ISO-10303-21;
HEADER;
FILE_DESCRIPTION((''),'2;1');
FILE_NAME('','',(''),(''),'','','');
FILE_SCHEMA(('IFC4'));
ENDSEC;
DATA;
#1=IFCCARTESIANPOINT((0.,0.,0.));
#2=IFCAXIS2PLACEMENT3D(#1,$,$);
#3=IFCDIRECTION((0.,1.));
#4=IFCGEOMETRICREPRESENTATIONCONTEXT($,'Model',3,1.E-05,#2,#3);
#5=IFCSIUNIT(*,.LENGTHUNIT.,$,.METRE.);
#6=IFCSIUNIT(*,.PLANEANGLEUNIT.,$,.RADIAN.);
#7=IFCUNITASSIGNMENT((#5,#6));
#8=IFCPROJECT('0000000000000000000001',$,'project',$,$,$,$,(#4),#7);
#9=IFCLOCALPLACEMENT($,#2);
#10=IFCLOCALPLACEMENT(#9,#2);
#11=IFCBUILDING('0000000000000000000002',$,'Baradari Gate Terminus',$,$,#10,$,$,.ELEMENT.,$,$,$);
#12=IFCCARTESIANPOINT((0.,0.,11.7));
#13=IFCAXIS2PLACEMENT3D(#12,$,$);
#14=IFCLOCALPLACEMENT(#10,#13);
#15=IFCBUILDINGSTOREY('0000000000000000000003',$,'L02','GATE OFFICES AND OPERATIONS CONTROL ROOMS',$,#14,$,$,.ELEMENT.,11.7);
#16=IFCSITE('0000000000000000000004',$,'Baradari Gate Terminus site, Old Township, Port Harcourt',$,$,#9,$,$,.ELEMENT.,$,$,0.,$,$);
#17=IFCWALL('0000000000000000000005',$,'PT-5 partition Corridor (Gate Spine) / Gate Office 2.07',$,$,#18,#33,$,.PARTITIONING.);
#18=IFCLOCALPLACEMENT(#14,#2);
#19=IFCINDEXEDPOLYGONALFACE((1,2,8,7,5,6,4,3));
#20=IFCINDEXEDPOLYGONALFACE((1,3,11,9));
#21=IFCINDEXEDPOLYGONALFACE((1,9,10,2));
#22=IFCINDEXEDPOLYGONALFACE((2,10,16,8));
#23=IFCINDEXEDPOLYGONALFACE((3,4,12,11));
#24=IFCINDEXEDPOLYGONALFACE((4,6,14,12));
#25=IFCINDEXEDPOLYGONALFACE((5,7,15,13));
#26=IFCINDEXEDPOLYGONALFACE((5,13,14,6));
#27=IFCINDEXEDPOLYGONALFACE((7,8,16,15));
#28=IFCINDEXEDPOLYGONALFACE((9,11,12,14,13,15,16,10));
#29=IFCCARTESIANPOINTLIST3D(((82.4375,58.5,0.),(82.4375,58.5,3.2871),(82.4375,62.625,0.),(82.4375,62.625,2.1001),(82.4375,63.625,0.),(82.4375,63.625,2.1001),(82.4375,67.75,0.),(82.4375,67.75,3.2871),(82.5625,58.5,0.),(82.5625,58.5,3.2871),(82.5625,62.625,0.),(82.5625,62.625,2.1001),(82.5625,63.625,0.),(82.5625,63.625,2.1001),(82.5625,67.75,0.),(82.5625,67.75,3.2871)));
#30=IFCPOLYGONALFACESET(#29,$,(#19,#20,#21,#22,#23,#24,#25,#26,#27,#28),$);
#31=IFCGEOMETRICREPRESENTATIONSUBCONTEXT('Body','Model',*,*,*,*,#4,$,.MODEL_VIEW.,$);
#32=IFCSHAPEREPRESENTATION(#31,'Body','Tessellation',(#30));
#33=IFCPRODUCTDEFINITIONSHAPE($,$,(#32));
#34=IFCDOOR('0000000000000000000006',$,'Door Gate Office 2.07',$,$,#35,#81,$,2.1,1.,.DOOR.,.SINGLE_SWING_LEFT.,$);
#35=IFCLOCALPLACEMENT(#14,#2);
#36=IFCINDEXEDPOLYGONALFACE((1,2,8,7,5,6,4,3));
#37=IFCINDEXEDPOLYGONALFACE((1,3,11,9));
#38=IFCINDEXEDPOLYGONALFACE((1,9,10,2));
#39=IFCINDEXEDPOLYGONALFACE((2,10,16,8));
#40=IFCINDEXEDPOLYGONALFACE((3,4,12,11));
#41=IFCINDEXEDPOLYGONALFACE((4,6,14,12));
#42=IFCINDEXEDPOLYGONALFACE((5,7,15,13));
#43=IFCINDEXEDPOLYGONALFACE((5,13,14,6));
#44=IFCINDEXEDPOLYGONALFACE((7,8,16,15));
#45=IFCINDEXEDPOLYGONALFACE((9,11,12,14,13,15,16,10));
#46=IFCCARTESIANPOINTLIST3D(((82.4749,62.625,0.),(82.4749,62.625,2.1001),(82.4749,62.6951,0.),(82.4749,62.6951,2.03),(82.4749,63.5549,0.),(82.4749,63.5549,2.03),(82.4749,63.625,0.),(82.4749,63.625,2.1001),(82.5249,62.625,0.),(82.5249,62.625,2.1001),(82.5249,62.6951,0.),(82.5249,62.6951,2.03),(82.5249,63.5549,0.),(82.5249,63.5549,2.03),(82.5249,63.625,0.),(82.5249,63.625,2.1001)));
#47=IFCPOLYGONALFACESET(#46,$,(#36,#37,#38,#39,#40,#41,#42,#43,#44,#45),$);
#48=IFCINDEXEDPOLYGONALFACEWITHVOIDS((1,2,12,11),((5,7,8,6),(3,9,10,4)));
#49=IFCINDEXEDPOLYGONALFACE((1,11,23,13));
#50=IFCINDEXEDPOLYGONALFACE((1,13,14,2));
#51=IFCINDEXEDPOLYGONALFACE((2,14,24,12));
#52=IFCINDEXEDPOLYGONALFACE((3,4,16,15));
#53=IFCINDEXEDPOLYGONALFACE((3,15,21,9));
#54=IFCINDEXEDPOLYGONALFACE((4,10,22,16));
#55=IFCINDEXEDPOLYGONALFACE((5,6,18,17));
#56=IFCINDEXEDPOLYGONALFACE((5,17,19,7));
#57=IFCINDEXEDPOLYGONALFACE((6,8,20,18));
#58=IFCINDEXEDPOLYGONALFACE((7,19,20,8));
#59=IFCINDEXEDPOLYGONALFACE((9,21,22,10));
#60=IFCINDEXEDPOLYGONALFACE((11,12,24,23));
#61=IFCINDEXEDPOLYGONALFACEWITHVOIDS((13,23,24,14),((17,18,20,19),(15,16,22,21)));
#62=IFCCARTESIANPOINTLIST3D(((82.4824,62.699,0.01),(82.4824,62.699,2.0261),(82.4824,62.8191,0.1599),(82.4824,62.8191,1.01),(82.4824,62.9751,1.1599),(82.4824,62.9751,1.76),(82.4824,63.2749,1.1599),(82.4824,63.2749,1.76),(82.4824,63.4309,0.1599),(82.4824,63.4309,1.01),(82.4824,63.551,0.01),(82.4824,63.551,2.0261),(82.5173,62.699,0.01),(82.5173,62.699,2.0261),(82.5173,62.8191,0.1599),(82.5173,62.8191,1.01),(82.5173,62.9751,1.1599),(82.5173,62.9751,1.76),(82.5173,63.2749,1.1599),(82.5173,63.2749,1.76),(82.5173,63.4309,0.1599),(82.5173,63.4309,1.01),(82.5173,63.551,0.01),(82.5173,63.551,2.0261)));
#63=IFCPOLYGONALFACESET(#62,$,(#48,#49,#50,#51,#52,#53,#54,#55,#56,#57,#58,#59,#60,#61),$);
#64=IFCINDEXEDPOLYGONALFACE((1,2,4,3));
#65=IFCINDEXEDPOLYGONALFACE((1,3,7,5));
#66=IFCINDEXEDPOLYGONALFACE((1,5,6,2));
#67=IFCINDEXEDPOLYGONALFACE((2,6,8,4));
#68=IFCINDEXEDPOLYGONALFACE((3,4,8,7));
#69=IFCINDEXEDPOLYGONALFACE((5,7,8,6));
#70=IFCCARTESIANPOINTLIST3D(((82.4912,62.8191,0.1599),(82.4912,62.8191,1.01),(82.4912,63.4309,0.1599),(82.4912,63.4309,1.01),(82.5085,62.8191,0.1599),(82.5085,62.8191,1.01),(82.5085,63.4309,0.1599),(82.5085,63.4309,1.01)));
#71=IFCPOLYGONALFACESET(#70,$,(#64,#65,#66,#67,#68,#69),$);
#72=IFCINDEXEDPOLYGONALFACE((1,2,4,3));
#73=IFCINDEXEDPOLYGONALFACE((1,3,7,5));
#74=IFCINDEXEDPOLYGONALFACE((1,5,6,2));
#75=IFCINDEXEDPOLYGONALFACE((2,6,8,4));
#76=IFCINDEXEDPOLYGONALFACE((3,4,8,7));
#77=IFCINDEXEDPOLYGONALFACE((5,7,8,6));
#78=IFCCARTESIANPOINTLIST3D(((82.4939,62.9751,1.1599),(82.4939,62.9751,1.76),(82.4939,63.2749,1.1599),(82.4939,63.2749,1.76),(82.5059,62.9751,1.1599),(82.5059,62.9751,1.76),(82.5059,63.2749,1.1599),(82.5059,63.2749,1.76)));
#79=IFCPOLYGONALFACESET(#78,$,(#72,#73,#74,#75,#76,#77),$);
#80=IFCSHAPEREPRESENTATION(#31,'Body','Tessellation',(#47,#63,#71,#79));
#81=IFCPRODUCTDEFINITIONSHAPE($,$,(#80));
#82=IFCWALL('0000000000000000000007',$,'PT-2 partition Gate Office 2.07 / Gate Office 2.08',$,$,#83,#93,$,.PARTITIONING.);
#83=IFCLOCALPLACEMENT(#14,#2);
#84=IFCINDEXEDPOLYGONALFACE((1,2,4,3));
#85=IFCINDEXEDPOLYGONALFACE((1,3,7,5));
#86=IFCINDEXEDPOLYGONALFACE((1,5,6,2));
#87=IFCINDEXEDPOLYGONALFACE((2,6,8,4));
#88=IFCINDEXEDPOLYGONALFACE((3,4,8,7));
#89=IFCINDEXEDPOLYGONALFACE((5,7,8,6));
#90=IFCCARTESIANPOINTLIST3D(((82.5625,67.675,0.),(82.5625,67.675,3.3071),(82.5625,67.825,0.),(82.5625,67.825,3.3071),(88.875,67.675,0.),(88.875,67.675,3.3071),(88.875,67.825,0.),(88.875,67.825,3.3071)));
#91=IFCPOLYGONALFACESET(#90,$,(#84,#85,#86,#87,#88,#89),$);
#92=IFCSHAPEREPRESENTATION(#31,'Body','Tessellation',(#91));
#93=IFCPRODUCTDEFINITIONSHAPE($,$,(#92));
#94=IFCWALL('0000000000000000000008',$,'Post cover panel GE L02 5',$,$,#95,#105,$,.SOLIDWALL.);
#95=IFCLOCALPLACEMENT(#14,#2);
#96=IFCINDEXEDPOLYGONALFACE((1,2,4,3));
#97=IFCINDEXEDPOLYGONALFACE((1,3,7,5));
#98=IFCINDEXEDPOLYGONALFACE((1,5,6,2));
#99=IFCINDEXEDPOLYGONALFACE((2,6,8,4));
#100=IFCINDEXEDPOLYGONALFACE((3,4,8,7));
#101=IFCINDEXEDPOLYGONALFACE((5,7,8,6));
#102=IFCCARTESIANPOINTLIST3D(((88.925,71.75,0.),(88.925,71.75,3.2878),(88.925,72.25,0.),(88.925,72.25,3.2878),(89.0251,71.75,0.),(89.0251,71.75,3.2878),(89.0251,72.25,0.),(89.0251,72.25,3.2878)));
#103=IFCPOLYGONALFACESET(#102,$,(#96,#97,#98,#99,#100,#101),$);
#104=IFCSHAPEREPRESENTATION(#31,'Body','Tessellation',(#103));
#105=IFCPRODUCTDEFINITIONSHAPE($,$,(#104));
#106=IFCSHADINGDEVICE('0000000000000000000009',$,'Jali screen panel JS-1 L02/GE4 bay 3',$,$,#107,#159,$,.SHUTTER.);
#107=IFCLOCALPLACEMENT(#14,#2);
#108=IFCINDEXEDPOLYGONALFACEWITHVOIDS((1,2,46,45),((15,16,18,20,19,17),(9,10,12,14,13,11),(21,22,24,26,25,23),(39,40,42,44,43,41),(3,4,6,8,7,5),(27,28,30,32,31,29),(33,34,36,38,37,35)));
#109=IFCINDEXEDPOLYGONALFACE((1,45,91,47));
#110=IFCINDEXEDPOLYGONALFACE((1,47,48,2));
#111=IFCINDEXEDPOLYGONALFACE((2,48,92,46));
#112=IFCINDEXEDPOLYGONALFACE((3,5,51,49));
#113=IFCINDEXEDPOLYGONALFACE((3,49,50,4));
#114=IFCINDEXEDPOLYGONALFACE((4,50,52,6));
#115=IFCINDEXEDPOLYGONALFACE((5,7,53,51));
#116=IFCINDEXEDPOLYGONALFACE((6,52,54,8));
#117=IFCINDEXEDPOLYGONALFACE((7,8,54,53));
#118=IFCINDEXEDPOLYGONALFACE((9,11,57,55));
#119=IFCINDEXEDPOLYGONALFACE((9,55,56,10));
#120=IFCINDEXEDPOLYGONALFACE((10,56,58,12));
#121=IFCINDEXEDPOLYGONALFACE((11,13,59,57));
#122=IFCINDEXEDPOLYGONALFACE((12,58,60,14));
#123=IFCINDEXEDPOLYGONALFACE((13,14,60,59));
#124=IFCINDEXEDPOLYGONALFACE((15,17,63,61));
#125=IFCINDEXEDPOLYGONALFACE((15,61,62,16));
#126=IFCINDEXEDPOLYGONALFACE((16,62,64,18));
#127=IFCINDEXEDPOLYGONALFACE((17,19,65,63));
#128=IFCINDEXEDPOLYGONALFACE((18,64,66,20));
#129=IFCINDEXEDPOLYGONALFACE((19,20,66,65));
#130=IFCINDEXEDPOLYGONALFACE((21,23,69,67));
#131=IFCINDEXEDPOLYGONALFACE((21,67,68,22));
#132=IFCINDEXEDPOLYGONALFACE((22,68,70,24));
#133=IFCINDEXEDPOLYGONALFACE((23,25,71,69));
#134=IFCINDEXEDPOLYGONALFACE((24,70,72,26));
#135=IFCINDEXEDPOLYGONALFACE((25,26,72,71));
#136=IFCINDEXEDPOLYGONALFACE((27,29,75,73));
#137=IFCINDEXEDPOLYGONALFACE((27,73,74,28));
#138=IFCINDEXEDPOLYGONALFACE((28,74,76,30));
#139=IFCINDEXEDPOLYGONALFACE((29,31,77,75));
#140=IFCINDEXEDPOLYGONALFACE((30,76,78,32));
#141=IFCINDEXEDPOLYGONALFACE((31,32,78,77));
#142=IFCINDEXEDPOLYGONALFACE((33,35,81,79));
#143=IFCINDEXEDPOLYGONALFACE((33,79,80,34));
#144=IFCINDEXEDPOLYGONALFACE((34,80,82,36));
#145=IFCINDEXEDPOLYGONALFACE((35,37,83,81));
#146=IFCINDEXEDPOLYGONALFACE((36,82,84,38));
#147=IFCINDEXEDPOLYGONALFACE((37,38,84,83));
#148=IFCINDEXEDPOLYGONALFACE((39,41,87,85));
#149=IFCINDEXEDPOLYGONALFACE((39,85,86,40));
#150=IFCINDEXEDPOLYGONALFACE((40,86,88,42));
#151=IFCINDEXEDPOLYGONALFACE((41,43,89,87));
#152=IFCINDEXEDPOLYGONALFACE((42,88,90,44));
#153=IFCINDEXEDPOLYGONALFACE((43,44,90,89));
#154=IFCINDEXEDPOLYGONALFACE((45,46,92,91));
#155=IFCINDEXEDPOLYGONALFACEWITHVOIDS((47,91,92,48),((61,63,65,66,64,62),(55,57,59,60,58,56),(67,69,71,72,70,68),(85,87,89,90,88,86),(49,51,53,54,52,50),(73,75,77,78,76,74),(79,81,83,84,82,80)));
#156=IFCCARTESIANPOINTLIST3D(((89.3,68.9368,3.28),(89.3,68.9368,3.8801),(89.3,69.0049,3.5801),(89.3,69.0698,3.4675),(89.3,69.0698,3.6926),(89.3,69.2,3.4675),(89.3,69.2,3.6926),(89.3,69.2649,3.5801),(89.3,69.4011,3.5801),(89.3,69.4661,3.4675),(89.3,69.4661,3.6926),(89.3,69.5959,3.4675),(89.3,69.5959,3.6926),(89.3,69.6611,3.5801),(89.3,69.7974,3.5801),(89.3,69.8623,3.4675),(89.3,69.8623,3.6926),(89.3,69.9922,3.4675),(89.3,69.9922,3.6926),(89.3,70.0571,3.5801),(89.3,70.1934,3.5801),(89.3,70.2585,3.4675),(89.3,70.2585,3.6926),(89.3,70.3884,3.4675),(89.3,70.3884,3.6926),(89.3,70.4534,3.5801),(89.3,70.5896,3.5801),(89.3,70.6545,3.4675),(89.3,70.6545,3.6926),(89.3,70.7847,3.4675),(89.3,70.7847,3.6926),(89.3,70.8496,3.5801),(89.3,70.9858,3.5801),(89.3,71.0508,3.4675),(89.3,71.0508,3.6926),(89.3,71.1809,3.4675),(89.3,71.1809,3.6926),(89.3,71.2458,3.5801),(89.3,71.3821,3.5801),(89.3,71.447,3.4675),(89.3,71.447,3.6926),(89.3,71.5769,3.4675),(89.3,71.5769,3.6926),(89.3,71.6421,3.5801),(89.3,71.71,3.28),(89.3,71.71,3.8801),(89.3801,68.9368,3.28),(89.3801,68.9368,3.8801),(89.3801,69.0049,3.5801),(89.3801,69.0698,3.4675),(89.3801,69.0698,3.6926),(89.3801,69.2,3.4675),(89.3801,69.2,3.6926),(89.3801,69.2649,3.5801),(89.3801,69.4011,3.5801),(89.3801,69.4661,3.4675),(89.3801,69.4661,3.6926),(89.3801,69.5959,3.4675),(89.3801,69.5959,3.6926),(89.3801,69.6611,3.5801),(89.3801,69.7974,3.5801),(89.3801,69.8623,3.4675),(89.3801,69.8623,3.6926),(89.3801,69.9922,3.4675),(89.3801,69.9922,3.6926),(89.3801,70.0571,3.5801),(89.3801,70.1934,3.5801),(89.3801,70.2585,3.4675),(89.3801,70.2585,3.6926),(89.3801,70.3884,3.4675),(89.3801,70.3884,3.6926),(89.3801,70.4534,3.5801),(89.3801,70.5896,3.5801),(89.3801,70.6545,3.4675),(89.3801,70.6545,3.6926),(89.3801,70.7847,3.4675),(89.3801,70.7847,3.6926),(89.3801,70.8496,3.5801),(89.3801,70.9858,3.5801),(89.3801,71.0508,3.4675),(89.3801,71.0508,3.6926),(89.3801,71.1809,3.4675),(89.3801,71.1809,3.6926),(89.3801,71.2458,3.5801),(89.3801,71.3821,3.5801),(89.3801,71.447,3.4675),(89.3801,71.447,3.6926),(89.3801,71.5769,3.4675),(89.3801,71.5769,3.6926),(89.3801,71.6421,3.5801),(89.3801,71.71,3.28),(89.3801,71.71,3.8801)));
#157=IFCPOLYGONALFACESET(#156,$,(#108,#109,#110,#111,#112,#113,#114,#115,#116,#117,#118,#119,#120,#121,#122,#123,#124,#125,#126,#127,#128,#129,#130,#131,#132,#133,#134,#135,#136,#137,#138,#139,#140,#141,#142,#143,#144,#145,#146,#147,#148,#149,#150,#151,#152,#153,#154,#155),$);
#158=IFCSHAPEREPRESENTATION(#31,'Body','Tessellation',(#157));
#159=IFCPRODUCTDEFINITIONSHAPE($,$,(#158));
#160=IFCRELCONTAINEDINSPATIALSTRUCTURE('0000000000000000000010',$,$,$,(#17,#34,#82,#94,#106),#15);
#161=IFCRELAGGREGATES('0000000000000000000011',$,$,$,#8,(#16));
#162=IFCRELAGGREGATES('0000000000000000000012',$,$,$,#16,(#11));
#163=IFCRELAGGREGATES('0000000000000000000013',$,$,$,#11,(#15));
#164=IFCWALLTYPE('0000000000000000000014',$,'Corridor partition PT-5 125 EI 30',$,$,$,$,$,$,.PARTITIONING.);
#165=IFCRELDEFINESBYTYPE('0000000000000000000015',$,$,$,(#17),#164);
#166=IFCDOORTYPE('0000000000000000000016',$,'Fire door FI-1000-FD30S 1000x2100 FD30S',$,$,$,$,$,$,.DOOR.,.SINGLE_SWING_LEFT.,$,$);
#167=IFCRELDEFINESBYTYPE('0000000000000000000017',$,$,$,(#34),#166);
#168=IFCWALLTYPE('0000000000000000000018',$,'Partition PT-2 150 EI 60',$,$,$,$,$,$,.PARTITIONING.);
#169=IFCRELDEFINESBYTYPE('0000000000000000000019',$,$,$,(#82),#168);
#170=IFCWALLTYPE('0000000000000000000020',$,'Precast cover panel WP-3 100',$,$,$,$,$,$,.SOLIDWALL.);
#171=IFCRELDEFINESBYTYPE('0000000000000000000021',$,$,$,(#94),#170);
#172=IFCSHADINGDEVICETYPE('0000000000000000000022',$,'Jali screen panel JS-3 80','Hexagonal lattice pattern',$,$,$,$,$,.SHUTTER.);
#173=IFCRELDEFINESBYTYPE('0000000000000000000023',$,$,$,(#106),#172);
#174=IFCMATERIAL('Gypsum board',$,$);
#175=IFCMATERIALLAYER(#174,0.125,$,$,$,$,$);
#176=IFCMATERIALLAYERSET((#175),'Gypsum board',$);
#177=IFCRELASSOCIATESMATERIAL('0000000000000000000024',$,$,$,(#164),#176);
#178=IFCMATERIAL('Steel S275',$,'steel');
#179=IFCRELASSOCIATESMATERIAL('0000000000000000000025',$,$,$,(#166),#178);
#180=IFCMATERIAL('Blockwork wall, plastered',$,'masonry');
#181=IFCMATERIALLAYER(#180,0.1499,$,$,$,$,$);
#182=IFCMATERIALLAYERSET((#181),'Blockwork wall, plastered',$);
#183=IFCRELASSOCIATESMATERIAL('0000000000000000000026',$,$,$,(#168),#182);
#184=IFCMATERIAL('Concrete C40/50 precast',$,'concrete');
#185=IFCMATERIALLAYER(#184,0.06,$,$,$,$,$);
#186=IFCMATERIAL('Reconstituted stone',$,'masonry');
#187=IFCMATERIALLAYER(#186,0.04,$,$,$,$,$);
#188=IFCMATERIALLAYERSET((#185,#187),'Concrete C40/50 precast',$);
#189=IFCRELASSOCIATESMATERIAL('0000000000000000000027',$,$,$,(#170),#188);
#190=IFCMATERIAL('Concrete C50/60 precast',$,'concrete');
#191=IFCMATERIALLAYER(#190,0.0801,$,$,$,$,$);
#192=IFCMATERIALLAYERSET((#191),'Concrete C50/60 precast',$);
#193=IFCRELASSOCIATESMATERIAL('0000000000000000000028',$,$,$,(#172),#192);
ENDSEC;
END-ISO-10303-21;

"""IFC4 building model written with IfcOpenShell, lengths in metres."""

from ifc_helpers import new_model, si_unit, direction, frame, frame_2d, origin, place, context, subcontext, project, spatial, polyline, rectangle, outline, extrude, material, layer, layer_set, type_object, element, fill, save


model = new_model("IFC4")

# Units and contexts
model_context = context("Model", 3, precision=1e-05, world=origin(), true_north=direction((0.0, 1.0)))
body_context = subcontext(model_context, "Body", "Model", "MODEL_VIEW")
ifc_project = project(units=[si_unit("LENGTHUNIT", "METRE"), si_unit("PLANEANGLEUNIT", "RADIAN")], contexts=[model_context])

# Site, building, storey
site_placement = place(None, origin())
site = spatial("IfcSite", under=ifc_project, at=site_placement, Name="Baradari Gate Terminus site, Old Township, Port Harcourt", CompositionType="ELEMENT", RefElevation=0.0)
building_placement = place(site_placement, origin())
building = spatial("IfcBuilding", under=site, at=building_placement, Name="Baradari Gate Terminus", CompositionType="ELEMENT")
storey_placement = place(building_placement, frame((0.0, 0.0, 11.7)))
storey = spatial("IfcBuildingStorey", under=building, at=storey_placement, Name="L02", Description="GATE OFFICES AND OPERATIONS CONTROL ROOMS", CompositionType="ELEMENT", Elevation=11.7)

# Wall, opening, door
ifc_material_1 = material(Name="Gypsum board")
ifc_layer_1 = layer(ifc_material_1, 0.125)
ifc_layer_set_1 = layer_set([ifc_layer_1], Name="Gypsum board")
wall_type_1 = type_object("IfcWallType", Name="Corridor partition PT-5 125 EI 30", PredefinedType="PARTITIONING", material=ifc_layer_set_1)
wall_1_placement = place(storey_placement, frame((82.5, 67.75, 0.0), z_axis=(0.0, 0.0, 1.0), x_axis=(0.0, -1.0, 0.0)))
wall_1 = element("IfcWall", 1, at=wall_1_placement, inside=storey, type_object=wall_type_1, Name="PT-5 partition Corridor (Gate Spine) / Gate Office 2.07", PredefinedType="PARTITIONING", context=body_context, shape_type="SweptSolid", body=[
    extrude(rectangle(XDim=9.25, YDim=0.125, at=frame_2d((4.625, 0.0))), origin(), (0.0, 0.0, 1.0), 3.2871),
])
opening_placement = place(wall_1_placement, frame((4.125, 0.0, 0.0)))
opening = element("IfcOpeningElement", 2, at=opening_placement, cuts=wall_1, PredefinedType="OPENING", context=body_context, shape_type="SweptSolid", body=[
    extrude(rectangle(XDim=1.0, YDim=2.1001, at=frame_2d((0.5, 1.05))), frame((0.0, 0.0725, 0.0), z_axis=(0.0, -1.0, 0.0), x_axis=(1.0, 0.0, 0.0)), (0.0, 0.0, 1.0), 0.145),
])
ifc_material_2 = material(Name="Steel S275", Category="steel")
door_type = type_object("IfcDoorType", Name="Fire door FI-1000-FD30S 1000x2100 FD30S", OperationType="SINGLE_SWING_LEFT", PredefinedType="DOOR", material=ifc_material_2)
door_placement = place(opening_placement, origin())
door = element("IfcDoor", 3, at=door_placement, inside=storey, type_object=door_type, Name="Door Gate Office 2.07", OperationType="SINGLE_SWING_LEFT", OverallHeight=2.1, OverallWidth=1.0, PredefinedType="DOOR", context=body_context, shape_type="SweptSolid", body=[
    extrude(outline(polyline([(0.0, 0.0), (0.0701, 0.0), (0.0701, 2.03), (0.9299, 2.03), (0.9299, 0.0), (1.0, 0.0), (1.0, 2.1001), (0.0, 2.1001), (0.0, 0.0)])), frame((0.0, 0.0249, 0.0), z_axis=(0.0, -1.0, 0.0), x_axis=(1.0, 0.0, 0.0)), (0.0, 0.0, 1.0), 0.05),
    extrude(outline(polyline([(0.074, 0.01), (0.926, 0.01), (0.926, 2.0261), (0.074, 2.0261), (0.074, 0.01)]), holes=[polyline([(0.1941, 0.1599), (0.8059, 0.1599), (0.8059, 1.01), (0.1941, 1.01), (0.1941, 0.1599)]), polyline([(0.3501, 1.1599), (0.6499, 1.1599), (0.6499, 1.76), (0.3501, 1.76), (0.3501, 1.1599)])]), frame((0.0, 0.0173, 0.0), z_axis=(0.0, -1.0, 0.0), x_axis=(1.0, 0.0, 0.0)), (0.0, 0.0, 1.0), 0.0349),
    extrude(rectangle(XDim=0.6118, YDim=0.8501, at=frame_2d((0.5, 0.585))), frame((0.0, 0.0085, 0.0), z_axis=(0.0, -1.0, 0.0), x_axis=(1.0, 0.0, 0.0)), (0.0, 0.0, 1.0), 0.0173),
    extrude(rectangle(XDim=0.2998, YDim=0.6001, at=frame_2d((0.5, 1.46))), frame((0.0, 0.0059, 0.0), z_axis=(0.0, -1.0, 0.0), x_axis=(1.0, 0.0, 0.0)), (0.0, 0.0, 1.0), 0.012),
])
fill(opening, door)

# Walls
ifc_material_3 = material(Name="Blockwork wall, plastered", Category="masonry")
ifc_layer_2 = layer(ifc_material_3, 0.1499)
ifc_layer_set_2 = layer_set([ifc_layer_2], Name="Blockwork wall, plastered")
wall_type_2 = type_object("IfcWallType", Name="Partition PT-2 150 EI 60", PredefinedType="PARTITIONING", material=ifc_layer_set_2)
wall_2_placement = place(storey_placement, frame((82.5625, 67.75, 0.0), z_axis=(0.0, 0.0, 1.0), x_axis=(1.0, 0.0, 0.0)))
element("IfcWall", 4, at=wall_2_placement, inside=storey, type_object=wall_type_2, Name="PT-2 partition Gate Office 2.07 / Gate Office 2.08", PredefinedType="PARTITIONING", context=body_context, shape_type="SweptSolid", body=[
    extrude(rectangle(XDim=6.3125, YDim=0.1499, at=frame_2d((3.1562, 0.0))), origin(), (0.0, 0.0, 1.0), 3.3071),
])
ifc_material_4 = material(Name="Concrete C40/50 precast", Category="concrete")
ifc_layer_3 = layer(ifc_material_4, 0.06)
ifc_material_5 = material(Name="Reconstituted stone", Category="masonry")
ifc_layer_4 = layer(ifc_material_5, 0.04)
ifc_layer_set_3 = layer_set([ifc_layer_3, ifc_layer_4], Name="Concrete C40/50 precast")
wall_type_3 = type_object("IfcWallType", Name="Precast cover panel WP-3 100", PredefinedType="SOLIDWALL", material=ifc_layer_set_3)
wall_3_placement = place(storey_placement, frame((88.9751, 71.75, 0.0), z_axis=(0.0, 0.0, 1.0), x_axis=(0.0, 1.0, 0.0)))
element("IfcWall", 5, at=wall_3_placement, inside=storey, type_object=wall_type_3, Name="Post cover panel GE L02 5", PredefinedType="SOLIDWALL", context=body_context, shape_type="SweptSolid", body=[
    extrude(rectangle(XDim=0.5, YDim=0.1001, at=frame_2d((0.25, 0.0))), origin(), (0.0, 0.0, 1.0), 3.2878),
])

# Shading device
ifc_material_6 = material(Name="Concrete C50/60 precast", Category="concrete")
ifc_layer_5 = layer(ifc_material_6, 0.0801)
ifc_layer_set_4 = layer_set([ifc_layer_5], Name="Concrete C50/60 precast")
shading_device_type = type_object("IfcShadingDeviceType", Name="Jali screen panel JS-3 80", Description="Hexagonal lattice pattern", PredefinedType="SHUTTER", material=ifc_layer_set_4)
shading_device_1_placement = place(storey_placement, frame((89.3401, 68.9368, 3.28), z_axis=(0.0, 0.0, 1.0), x_axis=(0.0, 1.0, 0.0)))
element("IfcShadingDevice", 6, at=shading_device_1_placement, inside=storey, type_object=shading_device_type, Name="Jali screen panel JS-1 L02/GE4 bay 3", PredefinedType="SHUTTER", context=body_context, shape_type="SweptSolid", body=[
    extrude(outline(polyline([(0.0, 0.0), (2.7732, 0.0), (2.7732, 0.6001), (0.0, 0.6001), (0.0, 0.0)]), holes=[polyline([(0.3281, 0.3), (0.2632, 0.1875), (0.1331, 0.1875), (0.0681, 0.3), (0.1331, 0.4126), (0.2632, 0.4126), (0.3281, 0.3)]), polyline([(0.7244, 0.3), (0.6592, 0.1875), (0.5293, 0.1875), (0.4644, 0.3), (0.5293, 0.4126), (0.6592, 0.4126), (0.7244, 0.3)]), polyline([(1.1204, 0.3), (1.0554, 0.1875), (0.9255, 0.1875), (0.8606, 0.3), (0.9255, 0.4126), (1.0554, 0.4126), (1.1204, 0.3)]), polyline([(1.5166, 0.3), (1.4517, 0.1875), (1.3218, 0.1875), (1.2566, 0.3), (1.3218, 0.4126), (1.4517, 0.4126), (1.5166, 0.3)]), polyline([(1.9128, 0.3), (1.8479, 0.1875), (1.7178, 0.1875), (1.6528, 0.3), (1.7178, 0.4126), (1.8479, 0.4126), (1.9128, 0.3)]), polyline([(2.3091, 0.3), (2.2441, 0.1875), (2.114, 0.1875), (2.0491, 0.3), (2.114, 0.4126), (2.2441, 0.4126), (2.3091, 0.3)]), polyline([(2.7053, 0.3), (2.6401, 0.1875), (2.5103, 0.1875), (2.4453, 0.3), (2.5103, 0.4126), (2.6401, 0.4126), (2.7053, 0.3)])]), frame((0.0, 0.04, 0.0), z_axis=(0.0, -1.0, 0.0), x_axis=(1.0, 0.0, 0.0)), (0.0, 0.0, 1.0), 0.0801),
])

save(model, "model.ifc")
